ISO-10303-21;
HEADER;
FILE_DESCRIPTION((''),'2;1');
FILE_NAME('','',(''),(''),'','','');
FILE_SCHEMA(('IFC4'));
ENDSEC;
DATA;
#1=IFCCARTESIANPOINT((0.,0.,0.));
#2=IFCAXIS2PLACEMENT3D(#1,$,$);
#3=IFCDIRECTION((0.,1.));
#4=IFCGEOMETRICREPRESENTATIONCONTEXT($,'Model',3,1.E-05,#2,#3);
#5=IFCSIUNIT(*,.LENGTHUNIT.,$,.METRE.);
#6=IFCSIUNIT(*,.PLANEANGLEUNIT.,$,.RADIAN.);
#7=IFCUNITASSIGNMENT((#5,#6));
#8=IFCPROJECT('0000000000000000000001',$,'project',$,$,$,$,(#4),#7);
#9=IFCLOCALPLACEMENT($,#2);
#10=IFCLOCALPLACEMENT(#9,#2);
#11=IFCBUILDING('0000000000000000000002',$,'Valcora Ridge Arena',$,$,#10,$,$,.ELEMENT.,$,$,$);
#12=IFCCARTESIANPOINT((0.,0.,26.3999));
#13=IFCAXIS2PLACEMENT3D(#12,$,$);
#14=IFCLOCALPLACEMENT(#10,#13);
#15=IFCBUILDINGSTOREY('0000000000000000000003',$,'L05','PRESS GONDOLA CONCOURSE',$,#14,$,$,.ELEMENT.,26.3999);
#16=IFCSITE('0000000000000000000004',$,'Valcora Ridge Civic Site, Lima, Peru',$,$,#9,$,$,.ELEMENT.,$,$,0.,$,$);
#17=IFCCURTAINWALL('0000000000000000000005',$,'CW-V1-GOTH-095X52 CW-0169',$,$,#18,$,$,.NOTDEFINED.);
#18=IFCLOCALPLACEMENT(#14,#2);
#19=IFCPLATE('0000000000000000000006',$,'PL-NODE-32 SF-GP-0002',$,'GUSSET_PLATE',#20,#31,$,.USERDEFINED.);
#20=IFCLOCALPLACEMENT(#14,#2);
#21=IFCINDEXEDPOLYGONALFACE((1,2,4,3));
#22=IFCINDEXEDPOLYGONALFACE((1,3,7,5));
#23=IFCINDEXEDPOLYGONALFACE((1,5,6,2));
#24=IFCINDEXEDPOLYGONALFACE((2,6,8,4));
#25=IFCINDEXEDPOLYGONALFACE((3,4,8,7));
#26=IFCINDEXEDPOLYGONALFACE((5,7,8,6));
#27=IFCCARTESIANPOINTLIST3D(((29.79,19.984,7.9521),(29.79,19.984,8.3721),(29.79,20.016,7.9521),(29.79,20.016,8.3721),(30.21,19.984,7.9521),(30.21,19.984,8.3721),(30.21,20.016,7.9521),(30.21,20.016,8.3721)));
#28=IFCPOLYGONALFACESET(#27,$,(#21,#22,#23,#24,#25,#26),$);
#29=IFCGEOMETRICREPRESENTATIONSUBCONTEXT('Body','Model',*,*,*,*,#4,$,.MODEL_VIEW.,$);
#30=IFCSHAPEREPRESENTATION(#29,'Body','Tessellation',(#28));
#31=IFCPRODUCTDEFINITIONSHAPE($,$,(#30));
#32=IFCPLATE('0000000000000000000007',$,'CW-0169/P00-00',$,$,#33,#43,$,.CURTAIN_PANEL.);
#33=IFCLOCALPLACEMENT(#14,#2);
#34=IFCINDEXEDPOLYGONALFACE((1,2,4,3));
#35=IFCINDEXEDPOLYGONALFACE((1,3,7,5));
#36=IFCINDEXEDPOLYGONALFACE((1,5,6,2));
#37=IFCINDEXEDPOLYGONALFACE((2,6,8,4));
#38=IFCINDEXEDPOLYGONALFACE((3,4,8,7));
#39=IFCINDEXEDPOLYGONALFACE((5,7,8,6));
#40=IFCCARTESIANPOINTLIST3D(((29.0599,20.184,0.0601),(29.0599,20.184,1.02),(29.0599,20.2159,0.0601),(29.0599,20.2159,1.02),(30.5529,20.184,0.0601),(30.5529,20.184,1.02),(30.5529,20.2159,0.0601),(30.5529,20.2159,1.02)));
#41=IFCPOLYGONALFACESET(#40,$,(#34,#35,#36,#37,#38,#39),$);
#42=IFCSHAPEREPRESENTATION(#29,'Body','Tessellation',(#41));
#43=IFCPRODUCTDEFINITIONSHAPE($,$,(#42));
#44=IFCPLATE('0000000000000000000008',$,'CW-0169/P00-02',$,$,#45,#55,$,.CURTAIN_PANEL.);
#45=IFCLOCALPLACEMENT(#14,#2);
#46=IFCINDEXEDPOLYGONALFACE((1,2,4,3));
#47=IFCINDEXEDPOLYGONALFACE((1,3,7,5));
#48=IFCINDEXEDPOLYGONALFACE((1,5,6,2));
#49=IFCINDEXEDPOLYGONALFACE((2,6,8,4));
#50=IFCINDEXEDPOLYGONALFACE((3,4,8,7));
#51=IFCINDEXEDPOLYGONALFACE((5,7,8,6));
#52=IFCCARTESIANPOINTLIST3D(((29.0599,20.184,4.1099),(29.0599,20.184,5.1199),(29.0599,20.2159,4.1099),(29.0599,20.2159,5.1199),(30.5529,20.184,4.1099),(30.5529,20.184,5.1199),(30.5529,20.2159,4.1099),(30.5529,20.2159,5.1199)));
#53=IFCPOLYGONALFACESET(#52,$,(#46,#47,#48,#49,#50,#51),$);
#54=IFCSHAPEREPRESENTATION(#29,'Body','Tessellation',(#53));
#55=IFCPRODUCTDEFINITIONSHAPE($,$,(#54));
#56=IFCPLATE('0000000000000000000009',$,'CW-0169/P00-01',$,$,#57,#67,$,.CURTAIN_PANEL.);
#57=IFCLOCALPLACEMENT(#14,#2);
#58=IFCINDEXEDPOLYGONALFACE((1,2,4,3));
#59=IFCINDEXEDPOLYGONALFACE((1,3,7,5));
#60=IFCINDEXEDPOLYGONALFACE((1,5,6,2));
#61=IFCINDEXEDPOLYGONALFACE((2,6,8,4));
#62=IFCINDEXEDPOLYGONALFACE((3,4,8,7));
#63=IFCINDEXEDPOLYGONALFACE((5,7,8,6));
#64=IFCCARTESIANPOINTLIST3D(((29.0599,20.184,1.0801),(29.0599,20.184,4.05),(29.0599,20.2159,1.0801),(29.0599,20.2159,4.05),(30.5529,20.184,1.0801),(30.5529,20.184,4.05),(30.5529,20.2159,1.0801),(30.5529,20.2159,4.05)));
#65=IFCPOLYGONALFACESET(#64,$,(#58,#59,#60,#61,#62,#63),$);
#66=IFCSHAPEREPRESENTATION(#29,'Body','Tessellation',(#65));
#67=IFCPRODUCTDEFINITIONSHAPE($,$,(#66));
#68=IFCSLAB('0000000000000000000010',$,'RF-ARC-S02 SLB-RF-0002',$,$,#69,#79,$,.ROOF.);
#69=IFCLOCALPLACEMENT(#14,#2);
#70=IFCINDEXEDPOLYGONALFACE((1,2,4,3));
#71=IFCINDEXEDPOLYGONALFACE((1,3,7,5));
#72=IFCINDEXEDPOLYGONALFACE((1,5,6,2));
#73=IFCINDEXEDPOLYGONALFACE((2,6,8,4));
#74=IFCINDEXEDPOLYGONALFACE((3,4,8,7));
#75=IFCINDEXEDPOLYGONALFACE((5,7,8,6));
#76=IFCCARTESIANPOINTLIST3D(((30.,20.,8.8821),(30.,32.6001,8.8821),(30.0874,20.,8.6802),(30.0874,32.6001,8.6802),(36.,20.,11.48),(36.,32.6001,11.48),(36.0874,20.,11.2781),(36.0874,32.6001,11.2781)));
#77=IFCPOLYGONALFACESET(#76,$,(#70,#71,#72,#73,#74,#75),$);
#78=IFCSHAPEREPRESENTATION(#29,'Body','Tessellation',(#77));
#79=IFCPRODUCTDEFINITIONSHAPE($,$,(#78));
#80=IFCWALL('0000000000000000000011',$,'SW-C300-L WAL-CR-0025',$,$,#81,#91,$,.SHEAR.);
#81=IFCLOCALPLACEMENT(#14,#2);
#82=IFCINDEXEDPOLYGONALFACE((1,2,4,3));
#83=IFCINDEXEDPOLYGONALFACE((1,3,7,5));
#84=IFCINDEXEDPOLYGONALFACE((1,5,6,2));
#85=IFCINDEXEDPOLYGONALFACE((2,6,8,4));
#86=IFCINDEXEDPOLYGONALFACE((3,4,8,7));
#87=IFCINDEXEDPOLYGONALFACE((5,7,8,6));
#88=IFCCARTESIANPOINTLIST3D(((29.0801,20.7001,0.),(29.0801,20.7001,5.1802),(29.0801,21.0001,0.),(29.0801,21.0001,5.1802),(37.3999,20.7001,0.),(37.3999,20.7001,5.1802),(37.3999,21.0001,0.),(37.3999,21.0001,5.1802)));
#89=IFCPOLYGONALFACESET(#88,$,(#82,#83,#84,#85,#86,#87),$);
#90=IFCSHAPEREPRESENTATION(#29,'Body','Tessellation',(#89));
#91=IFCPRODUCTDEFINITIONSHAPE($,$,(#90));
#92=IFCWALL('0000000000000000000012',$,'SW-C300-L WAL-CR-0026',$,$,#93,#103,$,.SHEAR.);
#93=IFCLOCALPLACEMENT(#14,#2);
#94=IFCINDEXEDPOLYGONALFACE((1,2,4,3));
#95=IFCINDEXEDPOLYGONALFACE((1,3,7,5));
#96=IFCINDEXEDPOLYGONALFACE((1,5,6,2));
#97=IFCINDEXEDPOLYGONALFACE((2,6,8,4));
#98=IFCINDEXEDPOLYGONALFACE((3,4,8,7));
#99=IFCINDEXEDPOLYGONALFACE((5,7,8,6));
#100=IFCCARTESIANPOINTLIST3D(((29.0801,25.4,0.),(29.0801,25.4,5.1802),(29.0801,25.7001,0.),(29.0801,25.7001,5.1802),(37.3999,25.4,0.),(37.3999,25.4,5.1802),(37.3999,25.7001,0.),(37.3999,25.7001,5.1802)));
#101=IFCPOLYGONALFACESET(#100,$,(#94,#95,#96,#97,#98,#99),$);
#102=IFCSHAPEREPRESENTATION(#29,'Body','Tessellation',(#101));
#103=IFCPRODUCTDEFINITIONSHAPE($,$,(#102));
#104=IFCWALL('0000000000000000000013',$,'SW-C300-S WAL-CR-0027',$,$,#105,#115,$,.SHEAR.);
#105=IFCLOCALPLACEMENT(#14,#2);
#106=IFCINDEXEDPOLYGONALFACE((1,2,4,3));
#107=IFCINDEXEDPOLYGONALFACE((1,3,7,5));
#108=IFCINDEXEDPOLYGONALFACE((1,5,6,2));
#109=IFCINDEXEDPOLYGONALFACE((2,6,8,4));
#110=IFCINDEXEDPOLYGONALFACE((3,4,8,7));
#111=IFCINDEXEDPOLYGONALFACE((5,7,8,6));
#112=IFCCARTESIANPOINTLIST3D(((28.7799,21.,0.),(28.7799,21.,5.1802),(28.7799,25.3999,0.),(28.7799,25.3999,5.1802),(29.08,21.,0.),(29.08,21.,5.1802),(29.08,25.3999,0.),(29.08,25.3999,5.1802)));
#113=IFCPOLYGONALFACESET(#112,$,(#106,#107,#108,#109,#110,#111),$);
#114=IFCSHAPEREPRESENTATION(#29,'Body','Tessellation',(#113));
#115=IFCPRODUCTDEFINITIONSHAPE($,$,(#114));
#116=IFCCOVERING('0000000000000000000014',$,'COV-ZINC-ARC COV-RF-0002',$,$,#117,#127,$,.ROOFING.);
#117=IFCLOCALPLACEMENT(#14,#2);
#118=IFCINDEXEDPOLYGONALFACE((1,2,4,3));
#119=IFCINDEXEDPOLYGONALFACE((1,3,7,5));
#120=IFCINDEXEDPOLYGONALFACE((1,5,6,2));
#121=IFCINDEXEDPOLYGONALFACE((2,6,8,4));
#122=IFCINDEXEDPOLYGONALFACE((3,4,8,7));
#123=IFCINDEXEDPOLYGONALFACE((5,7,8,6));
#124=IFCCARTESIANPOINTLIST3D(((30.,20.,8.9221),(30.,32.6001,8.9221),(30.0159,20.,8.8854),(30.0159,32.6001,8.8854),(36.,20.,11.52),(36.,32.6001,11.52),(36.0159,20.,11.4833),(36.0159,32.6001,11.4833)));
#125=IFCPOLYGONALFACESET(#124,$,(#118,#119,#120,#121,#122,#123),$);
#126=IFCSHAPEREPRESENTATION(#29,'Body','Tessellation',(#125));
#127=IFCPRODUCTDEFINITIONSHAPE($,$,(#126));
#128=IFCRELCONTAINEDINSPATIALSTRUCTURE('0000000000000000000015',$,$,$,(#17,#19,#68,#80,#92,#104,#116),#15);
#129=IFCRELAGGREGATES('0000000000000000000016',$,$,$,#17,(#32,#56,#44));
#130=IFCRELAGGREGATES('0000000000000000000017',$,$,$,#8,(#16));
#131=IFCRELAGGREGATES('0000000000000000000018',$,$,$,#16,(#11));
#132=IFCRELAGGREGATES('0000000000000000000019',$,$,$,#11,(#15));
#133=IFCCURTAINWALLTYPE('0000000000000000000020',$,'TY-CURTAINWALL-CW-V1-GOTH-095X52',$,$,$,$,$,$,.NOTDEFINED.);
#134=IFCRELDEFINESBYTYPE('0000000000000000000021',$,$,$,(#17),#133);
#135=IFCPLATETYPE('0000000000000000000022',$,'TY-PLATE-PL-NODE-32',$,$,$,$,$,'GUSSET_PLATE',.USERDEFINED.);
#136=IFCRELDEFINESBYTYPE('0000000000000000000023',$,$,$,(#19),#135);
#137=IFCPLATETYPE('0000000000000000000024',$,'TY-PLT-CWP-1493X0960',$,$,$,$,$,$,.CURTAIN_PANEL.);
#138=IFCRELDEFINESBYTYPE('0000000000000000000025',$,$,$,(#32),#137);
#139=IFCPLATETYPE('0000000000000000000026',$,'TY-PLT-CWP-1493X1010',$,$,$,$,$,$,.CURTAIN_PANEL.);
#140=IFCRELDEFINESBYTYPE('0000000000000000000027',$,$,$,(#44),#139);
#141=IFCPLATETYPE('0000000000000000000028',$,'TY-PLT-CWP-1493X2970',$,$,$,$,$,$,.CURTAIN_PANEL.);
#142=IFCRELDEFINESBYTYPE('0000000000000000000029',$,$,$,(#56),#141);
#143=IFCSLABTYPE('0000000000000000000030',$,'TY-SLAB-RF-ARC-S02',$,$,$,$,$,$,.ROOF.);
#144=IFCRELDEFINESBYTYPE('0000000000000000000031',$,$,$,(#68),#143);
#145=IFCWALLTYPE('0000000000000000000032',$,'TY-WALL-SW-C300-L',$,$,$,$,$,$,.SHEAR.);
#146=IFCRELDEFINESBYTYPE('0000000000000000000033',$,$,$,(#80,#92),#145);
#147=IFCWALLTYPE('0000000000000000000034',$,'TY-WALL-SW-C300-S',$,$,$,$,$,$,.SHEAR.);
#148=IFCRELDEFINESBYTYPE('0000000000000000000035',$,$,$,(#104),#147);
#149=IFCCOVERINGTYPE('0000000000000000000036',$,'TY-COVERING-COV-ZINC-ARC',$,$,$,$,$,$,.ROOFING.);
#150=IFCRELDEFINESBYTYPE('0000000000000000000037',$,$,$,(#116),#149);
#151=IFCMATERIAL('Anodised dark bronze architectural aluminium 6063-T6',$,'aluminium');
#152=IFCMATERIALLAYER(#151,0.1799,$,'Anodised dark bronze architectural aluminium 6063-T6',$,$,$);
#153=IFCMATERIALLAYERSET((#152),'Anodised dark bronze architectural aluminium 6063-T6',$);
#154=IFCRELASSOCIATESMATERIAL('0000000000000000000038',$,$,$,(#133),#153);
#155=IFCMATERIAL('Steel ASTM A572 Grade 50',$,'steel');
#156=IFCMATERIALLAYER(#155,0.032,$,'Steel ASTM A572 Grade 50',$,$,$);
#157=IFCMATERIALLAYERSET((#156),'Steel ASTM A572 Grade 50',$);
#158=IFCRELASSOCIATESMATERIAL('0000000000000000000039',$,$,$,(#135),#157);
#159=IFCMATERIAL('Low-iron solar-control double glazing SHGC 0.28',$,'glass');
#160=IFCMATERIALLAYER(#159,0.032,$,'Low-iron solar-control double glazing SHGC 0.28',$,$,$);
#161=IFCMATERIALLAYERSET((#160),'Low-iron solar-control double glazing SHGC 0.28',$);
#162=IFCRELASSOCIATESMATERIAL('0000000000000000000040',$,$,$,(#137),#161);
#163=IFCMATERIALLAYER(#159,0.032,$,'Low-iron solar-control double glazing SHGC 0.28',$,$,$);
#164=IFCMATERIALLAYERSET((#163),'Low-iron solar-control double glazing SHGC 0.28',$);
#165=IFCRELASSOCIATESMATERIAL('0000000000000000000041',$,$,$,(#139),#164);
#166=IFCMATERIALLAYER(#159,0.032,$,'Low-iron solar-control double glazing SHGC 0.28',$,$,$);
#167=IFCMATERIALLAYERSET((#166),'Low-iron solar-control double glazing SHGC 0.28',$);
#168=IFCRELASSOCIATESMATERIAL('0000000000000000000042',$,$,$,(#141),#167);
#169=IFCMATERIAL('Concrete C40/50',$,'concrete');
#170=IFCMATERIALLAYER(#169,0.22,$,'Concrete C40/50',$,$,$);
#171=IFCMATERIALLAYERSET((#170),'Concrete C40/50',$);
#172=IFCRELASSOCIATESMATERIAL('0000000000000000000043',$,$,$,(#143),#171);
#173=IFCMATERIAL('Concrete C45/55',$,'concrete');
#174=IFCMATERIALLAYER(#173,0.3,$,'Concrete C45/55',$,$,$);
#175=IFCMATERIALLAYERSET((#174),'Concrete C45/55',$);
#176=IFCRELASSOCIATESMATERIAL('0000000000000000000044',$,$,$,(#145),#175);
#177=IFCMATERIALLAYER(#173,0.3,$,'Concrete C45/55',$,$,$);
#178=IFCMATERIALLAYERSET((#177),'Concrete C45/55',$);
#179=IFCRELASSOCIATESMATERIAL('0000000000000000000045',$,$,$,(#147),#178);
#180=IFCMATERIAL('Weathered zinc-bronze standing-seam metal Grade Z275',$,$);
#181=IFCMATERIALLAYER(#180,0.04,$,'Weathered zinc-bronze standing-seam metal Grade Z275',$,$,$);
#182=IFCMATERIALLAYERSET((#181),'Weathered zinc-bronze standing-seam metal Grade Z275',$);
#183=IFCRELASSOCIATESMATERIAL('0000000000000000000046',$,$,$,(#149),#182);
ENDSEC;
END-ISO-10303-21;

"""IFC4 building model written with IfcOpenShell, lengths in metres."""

from ifc_helpers import new_model, si_unit, direction, frame, frame_2d, origin, origin_2d, place, context, subcontext, project, spatial, polyline, rectangle, outline, extrude, material, layer, layer_set, type_object, element, aggregate, save


model = new_model("IFC4")

# Units and contexts
model_context = context("Model", 3, precision=1e-05, world=origin(), true_north=direction((0.0, 1.0)))
body_context = subcontext(model_context, "Body", "Model", "MODEL_VIEW")
ifc_project = project(units=[si_unit("LENGTHUNIT", "METRE"), si_unit("PLANEANGLEUNIT", "RADIAN")], contexts=[model_context])

# Site, building, storey
site_placement = place(None, origin())
site = spatial("IfcSite", under=ifc_project, at=site_placement, Name="Valcora Ridge Civic Site, Lima, Peru", CompositionType="ELEMENT", RefElevation=0.0)
building_placement = place(site_placement, origin())
building = spatial("IfcBuilding", under=site, at=building_placement, Name="Valcora Ridge Arena", CompositionType="ELEMENT")
storey_placement = place(building_placement, frame((0.0, 0.0, 26.3999)))
storey = spatial("IfcBuildingStorey", under=building, at=storey_placement, Name="L05", Description="PRESS GONDOLA CONCOURSE", CompositionType="ELEMENT", Elevation=26.3999)

# Curtain wall
ifc_material_1 = material(Name="Anodised dark bronze architectural aluminium 6063-T6", Category="aluminium")
ifc_layer_1 = layer(ifc_material_1, 0.1799, Name="Anodised dark bronze architectural aluminium 6063-T6")
ifc_layer_set_1 = layer_set([ifc_layer_1], Name="Anodised dark bronze architectural aluminium 6063-T6")
curtain_wall_type = type_object("IfcCurtainWallType", Name="TY-CURTAINWALL-CW-V1-GOTH-095X52", PredefinedType="NOTDEFINED", material=ifc_layer_set_1)
curtain_wall_placement = place(storey_placement, origin())
curtain_wall = element("IfcCurtainWall", 1, at=curtain_wall_placement, inside=storey, type_object=curtain_wall_type, Name="CW-V1-GOTH-095X52 CW-0169", PredefinedType="NOTDEFINED")

# Shared definitions
ifc_material_2 = material(Name="Steel ASTM A572 Grade 50", Category="steel")

# Plate
ifc_layer_2 = layer(ifc_material_2, 0.032, Name="Steel ASTM A572 Grade 50")
ifc_layer_set_2 = layer_set([ifc_layer_2], Name="Steel ASTM A572 Grade 50")
plate_type_1 = type_object("IfcPlateType", Name="TY-PLATE-PL-NODE-32", ElementType="GUSSET_PLATE", PredefinedType="USERDEFINED", material=ifc_layer_set_2)
plate_1_placement = place(storey_placement, frame((30.0, 20.0, 7.9521), z_axis=(0.0, 0.0, 1.0), x_axis=(1.0, 0.0, 0.0)))
element("IfcPlate", 2, at=plate_1_placement, inside=storey, type_object=plate_type_1, Name="PL-NODE-32 SF-GP-0002", ObjectType="GUSSET_PLATE", PredefinedType="USERDEFINED", context=body_context, shape_type="SweptSolid", body=[
    extrude(rectangle(XDim=0.4199, YDim=0.032, at=origin_2d()), origin(), (0.0, 0.0, 1.0), 0.4199),
])

# Plates
ifc_material_3 = material(Name="Low-iron solar-control double glazing SHGC 0.28", Category="glass")
ifc_layer_3 = layer(ifc_material_3, 0.032, Name="Low-iron solar-control double glazing SHGC 0.28")
ifc_layer_set_3 = layer_set([ifc_layer_3], Name="Low-iron solar-control double glazing SHGC 0.28")
plate_type_2 = type_object("IfcPlateType", Name="TY-PLT-CWP-1493X0960", PredefinedType="CURTAIN_PANEL", material=ifc_layer_set_3)
plate_2_placement = place(storey_placement, frame((29.8064, 20.2, 0.0601), z_axis=(0.0, 0.0, 1.0), x_axis=(1.0, 0.0, 0.0)))
plate_2 = element("IfcPlate", 3, at=plate_2_placement, type_object=plate_type_2, Name="CW-0169/P00-00", PredefinedType="CURTAIN_PANEL", context=body_context, shape_type="SweptSolid", body=[
    extrude(rectangle(XDim=1.4929, YDim=0.032, at=origin_2d()), origin(), (0.0, 0.0, 1.0), 0.96),
])
ifc_layer_4 = layer(ifc_material_3, 0.032, Name="Low-iron solar-control double glazing SHGC 0.28")
ifc_layer_set_4 = layer_set([ifc_layer_4], Name="Low-iron solar-control double glazing SHGC 0.28")
plate_type_3 = type_object("IfcPlateType", Name="TY-PLT-CWP-1493X1010", PredefinedType="CURTAIN_PANEL", material=ifc_layer_set_4)
plate_3_placement = place(storey_placement, frame((29.8064, 20.2, 4.1099), z_axis=(0.0, 0.0, 1.0), x_axis=(1.0, 0.0, 0.0)))
plate_3 = element("IfcPlate", 4, at=plate_3_placement, type_object=plate_type_3, Name="CW-0169/P00-02", PredefinedType="CURTAIN_PANEL", context=body_context, shape_type="SweptSolid", body=[
    extrude(rectangle(XDim=1.4929, YDim=0.032, at=origin_2d()), origin(), (0.0, 0.0, 1.0), 1.01),
])
ifc_layer_5 = layer(ifc_material_3, 0.032, Name="Low-iron solar-control double glazing SHGC 0.28")
ifc_layer_set_5 = layer_set([ifc_layer_5], Name="Low-iron solar-control double glazing SHGC 0.28")
plate_type_4 = type_object("IfcPlateType", Name="TY-PLT-CWP-1493X2970", PredefinedType="CURTAIN_PANEL", material=ifc_layer_set_5)
plate_4_placement = place(storey_placement, frame((29.8064, 20.2, 1.0801), z_axis=(0.0, 0.0, 1.0), x_axis=(1.0, 0.0, 0.0)))
plate_4 = element("IfcPlate", 5, at=plate_4_placement, type_object=plate_type_4, Name="CW-0169/P00-01", PredefinedType="CURTAIN_PANEL", context=body_context, shape_type="SweptSolid", body=[
    extrude(rectangle(XDim=1.4929, YDim=0.032, at=origin_2d()), origin(), (0.0, 0.0, 1.0), 2.97),
])
aggregate(curtain_wall, [plate_2, plate_4, plate_3])

# Slab
ifc_material_4 = material(Name="Concrete C40/50", Category="concrete")
ifc_layer_6 = layer(ifc_material_4, 0.22, Name="Concrete C40/50")
ifc_layer_set_6 = layer_set([ifc_layer_6], Name="Concrete C40/50")
slab_type = type_object("IfcSlabType", Name="TY-SLAB-RF-ARC-S02", PredefinedType="ROOF", material=ifc_layer_set_6)
slab_placement = place(storey_placement, frame((30.0, 20.0, 8.8821), z_axis=(-0.397337, 0.0, 0.917673), x_axis=(0.917673, 0.0, 0.397337)))
element("IfcSlab", 6, at=slab_placement, inside=storey, type_object=slab_type, Name="RF-ARC-S02 SLB-RF-0002", PredefinedType="ROOF", context=body_context, shape_type="SweptSolid", body=[
    extrude(outline(polyline([(0.0, 0.0), (6.5383, 0.0), (6.5383, 12.6001), (0.0, 12.6001), (0.0, 0.0)])), origin(), (0.0, 0.0, -1.0), 0.22),
])

# Walls
ifc_material_5 = material(Name="Concrete C45/55", Category="concrete")
ifc_layer_7 = layer(ifc_material_5, 0.3, Name="Concrete C45/55")
ifc_layer_set_7 = layer_set([ifc_layer_7], Name="Concrete C45/55")
wall_type_1 = type_object("IfcWallType", Name="TY-WALL-SW-C300-L", PredefinedType="SHEAR", material=ifc_layer_set_7)
for number, where, z_axis, x_axis, name in (
    (7, (29.0801, 20.8501, 0.0), (0.0, 0.0, 1.0), (1.0, 0.0, 0.0), "SW-C300-L WAL-CR-0025"),
    (8, (29.0801, 25.55, 0.0), (0.0, 0.0, 1.0), (1.0, 0.0, 0.0), "SW-C300-L WAL-CR-0026"),
):
    element("IfcWall", number, at=place(storey_placement, frame(where, z_axis=z_axis, x_axis=x_axis)), inside=storey, type_object=wall_type_1, Name=name, PredefinedType="SHEAR", context=body_context, shape_type="SweptSolid", body=[
        extrude(rectangle(XDim=8.3198, YDim=0.3, at=frame_2d((4.1599, 0.0))), origin(), (0.0, 0.0, 1.0), 5.1802),
    ])
ifc_layer_8 = layer(ifc_material_5, 0.3, Name="Concrete C45/55")
ifc_layer_set_8 = layer_set([ifc_layer_8], Name="Concrete C45/55")
wall_type_2 = type_object("IfcWallType", Name="TY-WALL-SW-C300-S", PredefinedType="SHEAR", material=ifc_layer_set_8)
wall_placement = place(storey_placement, frame((28.9299, 21.0, 0.0), z_axis=(0.0, 0.0, 1.0), x_axis=(0.0, 1.0, 0.0)))
element("IfcWall", 9, at=wall_placement, inside=storey, type_object=wall_type_2, Name="SW-C300-S WAL-CR-0027", PredefinedType="SHEAR", context=body_context, shape_type="SweptSolid", body=[
    extrude(rectangle(XDim=4.3999, YDim=0.3, at=frame_2d((2.2, 0.0))), origin(), (0.0, 0.0, 1.0), 5.1802),
])

# Covering
ifc_material_6 = material(Name="Weathered zinc-bronze standing-seam metal Grade Z275")
ifc_layer_9 = layer(ifc_material_6, 0.04, Name="Weathered zinc-bronze standing-seam metal Grade Z275")
ifc_layer_set_9 = layer_set([ifc_layer_9], Name="Weathered zinc-bronze standing-seam metal Grade Z275")
covering_type = type_object("IfcCoveringType", Name="TY-COVERING-COV-ZINC-ARC", PredefinedType="ROOFING", material=ifc_layer_set_9)
covering_placement = place(storey_placement, frame((30.0, 20.0, 8.9221), z_axis=(-0.397337, 0.0, 0.917673), x_axis=(0.917673, 0.0, 0.397337)))
element("IfcCovering", 10, at=covering_placement, inside=storey, type_object=covering_type, Name="COV-ZINC-ARC COV-RF-0002", PredefinedType="ROOFING", context=body_context, shape_type="SweptSolid", body=[
    extrude(outline(polyline([(0.0, 0.0), (6.5383, 0.0), (6.5383, 12.6001), (0.0, 12.6001), (0.0, 0.0)])), origin(), (0.0, 0.0, -1.0), 0.04),
])

save(model, "model.ifc")
